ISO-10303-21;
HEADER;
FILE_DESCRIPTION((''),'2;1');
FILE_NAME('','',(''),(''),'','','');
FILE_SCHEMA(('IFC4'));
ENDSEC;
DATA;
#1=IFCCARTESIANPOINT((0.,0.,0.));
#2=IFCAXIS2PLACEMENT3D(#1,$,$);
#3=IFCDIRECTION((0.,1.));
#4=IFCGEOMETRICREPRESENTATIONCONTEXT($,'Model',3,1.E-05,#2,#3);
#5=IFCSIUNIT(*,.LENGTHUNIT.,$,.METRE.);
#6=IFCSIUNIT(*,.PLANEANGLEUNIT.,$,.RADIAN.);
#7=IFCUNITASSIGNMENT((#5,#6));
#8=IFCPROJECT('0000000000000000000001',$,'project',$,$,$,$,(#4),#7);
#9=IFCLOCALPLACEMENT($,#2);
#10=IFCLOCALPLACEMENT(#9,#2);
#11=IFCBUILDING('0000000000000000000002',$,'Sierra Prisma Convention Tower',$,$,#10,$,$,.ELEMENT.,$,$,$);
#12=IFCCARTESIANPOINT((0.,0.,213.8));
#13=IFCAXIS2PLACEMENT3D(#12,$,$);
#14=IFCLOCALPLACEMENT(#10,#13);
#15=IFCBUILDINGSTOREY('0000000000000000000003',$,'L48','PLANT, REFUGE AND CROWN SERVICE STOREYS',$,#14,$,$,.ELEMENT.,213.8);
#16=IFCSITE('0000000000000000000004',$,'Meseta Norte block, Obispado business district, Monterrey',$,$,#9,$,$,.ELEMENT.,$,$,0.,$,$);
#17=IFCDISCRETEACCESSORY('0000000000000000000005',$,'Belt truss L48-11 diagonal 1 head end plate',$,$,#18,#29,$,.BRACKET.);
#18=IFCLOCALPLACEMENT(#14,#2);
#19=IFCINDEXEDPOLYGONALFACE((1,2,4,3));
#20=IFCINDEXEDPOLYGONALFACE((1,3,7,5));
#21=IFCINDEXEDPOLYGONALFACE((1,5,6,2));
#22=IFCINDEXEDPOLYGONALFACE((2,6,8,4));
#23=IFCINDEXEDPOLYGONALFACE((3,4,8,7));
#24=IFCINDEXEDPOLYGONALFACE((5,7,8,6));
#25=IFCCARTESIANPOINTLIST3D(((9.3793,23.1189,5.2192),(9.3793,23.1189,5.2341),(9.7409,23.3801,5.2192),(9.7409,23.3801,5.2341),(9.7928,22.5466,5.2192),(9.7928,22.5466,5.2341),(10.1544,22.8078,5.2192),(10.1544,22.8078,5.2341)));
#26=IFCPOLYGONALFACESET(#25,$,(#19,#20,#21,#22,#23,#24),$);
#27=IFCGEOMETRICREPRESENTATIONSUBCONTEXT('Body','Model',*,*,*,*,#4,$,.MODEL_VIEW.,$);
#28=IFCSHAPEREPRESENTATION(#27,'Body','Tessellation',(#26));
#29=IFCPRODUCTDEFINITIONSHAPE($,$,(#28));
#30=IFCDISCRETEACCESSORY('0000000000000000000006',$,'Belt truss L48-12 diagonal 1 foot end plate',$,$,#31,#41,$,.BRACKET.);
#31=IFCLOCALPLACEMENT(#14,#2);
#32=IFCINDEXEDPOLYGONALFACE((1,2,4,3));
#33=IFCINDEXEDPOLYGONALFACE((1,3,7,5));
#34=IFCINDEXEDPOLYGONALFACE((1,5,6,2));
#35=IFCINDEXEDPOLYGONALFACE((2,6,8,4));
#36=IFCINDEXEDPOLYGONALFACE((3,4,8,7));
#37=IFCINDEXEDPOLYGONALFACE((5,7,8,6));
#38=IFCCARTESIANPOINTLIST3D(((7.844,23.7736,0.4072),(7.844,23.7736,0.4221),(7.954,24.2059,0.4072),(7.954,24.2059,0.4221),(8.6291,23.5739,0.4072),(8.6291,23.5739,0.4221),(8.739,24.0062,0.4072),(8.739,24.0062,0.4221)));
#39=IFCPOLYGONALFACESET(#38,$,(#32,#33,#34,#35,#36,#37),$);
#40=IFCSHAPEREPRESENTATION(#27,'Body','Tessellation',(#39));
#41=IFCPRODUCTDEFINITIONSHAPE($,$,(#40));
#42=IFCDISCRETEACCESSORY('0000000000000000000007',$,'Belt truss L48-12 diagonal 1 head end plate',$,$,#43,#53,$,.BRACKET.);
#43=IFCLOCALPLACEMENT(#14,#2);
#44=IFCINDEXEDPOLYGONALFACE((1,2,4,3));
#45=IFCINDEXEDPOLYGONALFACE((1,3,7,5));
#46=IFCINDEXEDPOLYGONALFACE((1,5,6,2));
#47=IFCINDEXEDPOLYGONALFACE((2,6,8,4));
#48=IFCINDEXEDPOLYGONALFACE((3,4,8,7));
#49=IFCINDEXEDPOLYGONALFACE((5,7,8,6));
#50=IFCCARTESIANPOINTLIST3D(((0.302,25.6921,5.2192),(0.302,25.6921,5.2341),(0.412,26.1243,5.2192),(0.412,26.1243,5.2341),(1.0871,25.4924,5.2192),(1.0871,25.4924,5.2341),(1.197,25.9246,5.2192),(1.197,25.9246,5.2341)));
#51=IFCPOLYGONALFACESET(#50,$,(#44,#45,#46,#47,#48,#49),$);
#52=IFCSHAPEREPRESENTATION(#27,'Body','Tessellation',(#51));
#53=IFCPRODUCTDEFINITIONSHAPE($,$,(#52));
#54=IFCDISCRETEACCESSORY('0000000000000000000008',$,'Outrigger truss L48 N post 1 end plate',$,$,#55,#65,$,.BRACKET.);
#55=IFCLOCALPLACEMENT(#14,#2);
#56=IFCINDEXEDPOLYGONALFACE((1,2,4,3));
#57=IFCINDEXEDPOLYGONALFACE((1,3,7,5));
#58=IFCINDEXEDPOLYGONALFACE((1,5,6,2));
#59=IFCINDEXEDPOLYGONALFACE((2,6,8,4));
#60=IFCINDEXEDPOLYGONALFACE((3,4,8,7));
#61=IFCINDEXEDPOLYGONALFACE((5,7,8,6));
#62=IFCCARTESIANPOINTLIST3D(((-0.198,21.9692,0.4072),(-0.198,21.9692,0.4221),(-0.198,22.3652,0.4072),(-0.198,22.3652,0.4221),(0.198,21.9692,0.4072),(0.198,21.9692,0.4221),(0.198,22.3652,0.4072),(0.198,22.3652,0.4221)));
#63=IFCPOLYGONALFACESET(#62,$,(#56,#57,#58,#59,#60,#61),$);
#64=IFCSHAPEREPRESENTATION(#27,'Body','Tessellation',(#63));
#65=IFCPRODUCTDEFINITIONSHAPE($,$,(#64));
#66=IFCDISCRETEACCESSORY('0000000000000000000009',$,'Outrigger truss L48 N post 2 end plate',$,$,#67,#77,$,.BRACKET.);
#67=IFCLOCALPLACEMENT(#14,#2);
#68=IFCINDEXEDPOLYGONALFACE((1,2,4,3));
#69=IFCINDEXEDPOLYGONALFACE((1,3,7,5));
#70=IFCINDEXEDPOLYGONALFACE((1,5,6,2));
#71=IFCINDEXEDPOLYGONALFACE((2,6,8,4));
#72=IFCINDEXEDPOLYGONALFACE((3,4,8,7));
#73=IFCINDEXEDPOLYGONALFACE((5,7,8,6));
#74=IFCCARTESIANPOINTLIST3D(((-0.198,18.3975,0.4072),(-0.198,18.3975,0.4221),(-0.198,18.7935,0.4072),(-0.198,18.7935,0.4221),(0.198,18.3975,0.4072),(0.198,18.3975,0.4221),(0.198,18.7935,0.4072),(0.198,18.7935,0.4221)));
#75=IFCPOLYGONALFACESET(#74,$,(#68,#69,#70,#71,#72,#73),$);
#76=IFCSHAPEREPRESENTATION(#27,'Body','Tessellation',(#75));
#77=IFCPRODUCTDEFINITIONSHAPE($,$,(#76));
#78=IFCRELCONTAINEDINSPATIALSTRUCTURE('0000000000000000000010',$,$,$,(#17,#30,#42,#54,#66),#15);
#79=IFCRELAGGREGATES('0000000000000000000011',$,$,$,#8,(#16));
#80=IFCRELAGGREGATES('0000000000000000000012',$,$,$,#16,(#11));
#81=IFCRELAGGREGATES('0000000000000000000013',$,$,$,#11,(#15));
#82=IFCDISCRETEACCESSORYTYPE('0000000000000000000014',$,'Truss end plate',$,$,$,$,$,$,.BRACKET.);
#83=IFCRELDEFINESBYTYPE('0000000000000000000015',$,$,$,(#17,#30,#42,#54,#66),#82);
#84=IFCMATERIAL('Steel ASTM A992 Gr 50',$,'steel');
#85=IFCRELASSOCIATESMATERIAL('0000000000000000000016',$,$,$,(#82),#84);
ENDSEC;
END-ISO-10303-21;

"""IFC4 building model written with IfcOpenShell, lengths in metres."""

from ifc_helpers import new_model, si_unit, direction, frame, origin, origin_2d, place, context, subcontext, project, spatial, rectangle, extrude, material, type_object, element, save


model = new_model("IFC4")

# Units and contexts
model_context = context("Model", 3, precision=1e-05, world=origin(), true_north=direction((0.0, 1.0)))
body_context = subcontext(model_context, "Body", "Model", "MODEL_VIEW")
ifc_project = project(units=[si_unit("LENGTHUNIT", "METRE"), si_unit("PLANEANGLEUNIT", "RADIAN")], contexts=[model_context])

# Site, building, storey
site_placement = place(None, origin())
site = spatial("IfcSite", under=ifc_project, at=site_placement, Name="Meseta Norte block, Obispado business district, Monterrey", CompositionType="ELEMENT", RefElevation=0.0)
building_placement = place(site_placement, origin())
building = spatial("IfcBuilding", under=site, at=building_placement, Name="Sierra Prisma Convention Tower", CompositionType="ELEMENT")
storey_placement = place(building_placement, frame((0.0, 0.0, 213.8)))
storey = spatial("IfcBuildingStorey", under=building, at=storey_placement, Name="L48", Description="PLANT, REFUGE AND CROWN SERVICE STOREYS", CompositionType="ELEMENT", Elevation=213.8)

# Discrete accessories
ifc_material_1 = material(Name="Steel ASTM A992 Gr 50", Category="steel")
discrete_accessory_type = type_object("IfcDiscreteAccessoryType", Name="Truss end plate", PredefinedType="BRACKET", material=ifc_material_1)
for number, where, z_axis, x_axis, name in (
    (1, (9.7668, 22.9634, 5.2192), (0.0, 0.0, 1.0), (-0.585644, 0.810568, 0.0), "Belt truss L48-11 diagonal 1 head end plate"),
):
    element("IfcDiscreteAccessory", number, at=place(storey_placement, frame(where, z_axis=z_axis, x_axis=x_axis)), inside=storey, type_object=discrete_accessory_type, Name=name, PredefinedType="BRACKET", context=body_context, shape_type="SweptSolid", body=[
        extrude(rectangle(XDim=0.7061, YDim=0.446, at=origin_2d()), origin(), (0.0, 0.0, 1.0), 0.0149),
    ])
for number, where, z_axis, x_axis, name in (
    (2, (8.2915, 23.8899, 0.4072), (0.0, 0.0, 1.0), (-0.96914, 0.246512, 0.0), "Belt truss L48-12 diagonal 1 foot end plate"),
    (3, (0.7495, 25.8083, 5.2192), (0.0, 0.0, 1.0), (-0.96914, 0.246512, 0.0), "Belt truss L48-12 diagonal 1 head end plate"),
):
    element("IfcDiscreteAccessory", number, at=place(storey_placement, frame(where, z_axis=z_axis, x_axis=x_axis)), inside=storey, type_object=discrete_accessory_type, Name=name, PredefinedType="BRACKET", context=body_context, shape_type="SweptSolid", body=[
        extrude(rectangle(XDim=0.8101, YDim=0.446, at=origin_2d()), origin(), (0.0, 0.0, 1.0), 0.0149),
    ])
for number, where, z_axis, x_axis, name in (
    (4, (0.0, 22.1672, 0.4072), (0.0, 0.0, 1.0), (0.0, -1.0, 0.0), "Outrigger truss L48 N post 1 end plate"),
    (5, (0.0, 18.5955, 0.4072), (0.0, 0.0, 1.0), (0.0, -1.0, 0.0), "Outrigger truss L48 N post 2 end plate"),
):
    element("IfcDiscreteAccessory", number, at=place(storey_placement, frame(where, z_axis=z_axis, x_axis=x_axis)), inside=storey, type_object=discrete_accessory_type, Name=name, PredefinedType="BRACKET", context=body_context, shape_type="SweptSolid", body=[
        extrude(rectangle(XDim=0.396, YDim=0.396, at=origin_2d()), origin(), (0.0, 0.0, 1.0), 0.0149),
    ])

save(model, "model.ifc")
